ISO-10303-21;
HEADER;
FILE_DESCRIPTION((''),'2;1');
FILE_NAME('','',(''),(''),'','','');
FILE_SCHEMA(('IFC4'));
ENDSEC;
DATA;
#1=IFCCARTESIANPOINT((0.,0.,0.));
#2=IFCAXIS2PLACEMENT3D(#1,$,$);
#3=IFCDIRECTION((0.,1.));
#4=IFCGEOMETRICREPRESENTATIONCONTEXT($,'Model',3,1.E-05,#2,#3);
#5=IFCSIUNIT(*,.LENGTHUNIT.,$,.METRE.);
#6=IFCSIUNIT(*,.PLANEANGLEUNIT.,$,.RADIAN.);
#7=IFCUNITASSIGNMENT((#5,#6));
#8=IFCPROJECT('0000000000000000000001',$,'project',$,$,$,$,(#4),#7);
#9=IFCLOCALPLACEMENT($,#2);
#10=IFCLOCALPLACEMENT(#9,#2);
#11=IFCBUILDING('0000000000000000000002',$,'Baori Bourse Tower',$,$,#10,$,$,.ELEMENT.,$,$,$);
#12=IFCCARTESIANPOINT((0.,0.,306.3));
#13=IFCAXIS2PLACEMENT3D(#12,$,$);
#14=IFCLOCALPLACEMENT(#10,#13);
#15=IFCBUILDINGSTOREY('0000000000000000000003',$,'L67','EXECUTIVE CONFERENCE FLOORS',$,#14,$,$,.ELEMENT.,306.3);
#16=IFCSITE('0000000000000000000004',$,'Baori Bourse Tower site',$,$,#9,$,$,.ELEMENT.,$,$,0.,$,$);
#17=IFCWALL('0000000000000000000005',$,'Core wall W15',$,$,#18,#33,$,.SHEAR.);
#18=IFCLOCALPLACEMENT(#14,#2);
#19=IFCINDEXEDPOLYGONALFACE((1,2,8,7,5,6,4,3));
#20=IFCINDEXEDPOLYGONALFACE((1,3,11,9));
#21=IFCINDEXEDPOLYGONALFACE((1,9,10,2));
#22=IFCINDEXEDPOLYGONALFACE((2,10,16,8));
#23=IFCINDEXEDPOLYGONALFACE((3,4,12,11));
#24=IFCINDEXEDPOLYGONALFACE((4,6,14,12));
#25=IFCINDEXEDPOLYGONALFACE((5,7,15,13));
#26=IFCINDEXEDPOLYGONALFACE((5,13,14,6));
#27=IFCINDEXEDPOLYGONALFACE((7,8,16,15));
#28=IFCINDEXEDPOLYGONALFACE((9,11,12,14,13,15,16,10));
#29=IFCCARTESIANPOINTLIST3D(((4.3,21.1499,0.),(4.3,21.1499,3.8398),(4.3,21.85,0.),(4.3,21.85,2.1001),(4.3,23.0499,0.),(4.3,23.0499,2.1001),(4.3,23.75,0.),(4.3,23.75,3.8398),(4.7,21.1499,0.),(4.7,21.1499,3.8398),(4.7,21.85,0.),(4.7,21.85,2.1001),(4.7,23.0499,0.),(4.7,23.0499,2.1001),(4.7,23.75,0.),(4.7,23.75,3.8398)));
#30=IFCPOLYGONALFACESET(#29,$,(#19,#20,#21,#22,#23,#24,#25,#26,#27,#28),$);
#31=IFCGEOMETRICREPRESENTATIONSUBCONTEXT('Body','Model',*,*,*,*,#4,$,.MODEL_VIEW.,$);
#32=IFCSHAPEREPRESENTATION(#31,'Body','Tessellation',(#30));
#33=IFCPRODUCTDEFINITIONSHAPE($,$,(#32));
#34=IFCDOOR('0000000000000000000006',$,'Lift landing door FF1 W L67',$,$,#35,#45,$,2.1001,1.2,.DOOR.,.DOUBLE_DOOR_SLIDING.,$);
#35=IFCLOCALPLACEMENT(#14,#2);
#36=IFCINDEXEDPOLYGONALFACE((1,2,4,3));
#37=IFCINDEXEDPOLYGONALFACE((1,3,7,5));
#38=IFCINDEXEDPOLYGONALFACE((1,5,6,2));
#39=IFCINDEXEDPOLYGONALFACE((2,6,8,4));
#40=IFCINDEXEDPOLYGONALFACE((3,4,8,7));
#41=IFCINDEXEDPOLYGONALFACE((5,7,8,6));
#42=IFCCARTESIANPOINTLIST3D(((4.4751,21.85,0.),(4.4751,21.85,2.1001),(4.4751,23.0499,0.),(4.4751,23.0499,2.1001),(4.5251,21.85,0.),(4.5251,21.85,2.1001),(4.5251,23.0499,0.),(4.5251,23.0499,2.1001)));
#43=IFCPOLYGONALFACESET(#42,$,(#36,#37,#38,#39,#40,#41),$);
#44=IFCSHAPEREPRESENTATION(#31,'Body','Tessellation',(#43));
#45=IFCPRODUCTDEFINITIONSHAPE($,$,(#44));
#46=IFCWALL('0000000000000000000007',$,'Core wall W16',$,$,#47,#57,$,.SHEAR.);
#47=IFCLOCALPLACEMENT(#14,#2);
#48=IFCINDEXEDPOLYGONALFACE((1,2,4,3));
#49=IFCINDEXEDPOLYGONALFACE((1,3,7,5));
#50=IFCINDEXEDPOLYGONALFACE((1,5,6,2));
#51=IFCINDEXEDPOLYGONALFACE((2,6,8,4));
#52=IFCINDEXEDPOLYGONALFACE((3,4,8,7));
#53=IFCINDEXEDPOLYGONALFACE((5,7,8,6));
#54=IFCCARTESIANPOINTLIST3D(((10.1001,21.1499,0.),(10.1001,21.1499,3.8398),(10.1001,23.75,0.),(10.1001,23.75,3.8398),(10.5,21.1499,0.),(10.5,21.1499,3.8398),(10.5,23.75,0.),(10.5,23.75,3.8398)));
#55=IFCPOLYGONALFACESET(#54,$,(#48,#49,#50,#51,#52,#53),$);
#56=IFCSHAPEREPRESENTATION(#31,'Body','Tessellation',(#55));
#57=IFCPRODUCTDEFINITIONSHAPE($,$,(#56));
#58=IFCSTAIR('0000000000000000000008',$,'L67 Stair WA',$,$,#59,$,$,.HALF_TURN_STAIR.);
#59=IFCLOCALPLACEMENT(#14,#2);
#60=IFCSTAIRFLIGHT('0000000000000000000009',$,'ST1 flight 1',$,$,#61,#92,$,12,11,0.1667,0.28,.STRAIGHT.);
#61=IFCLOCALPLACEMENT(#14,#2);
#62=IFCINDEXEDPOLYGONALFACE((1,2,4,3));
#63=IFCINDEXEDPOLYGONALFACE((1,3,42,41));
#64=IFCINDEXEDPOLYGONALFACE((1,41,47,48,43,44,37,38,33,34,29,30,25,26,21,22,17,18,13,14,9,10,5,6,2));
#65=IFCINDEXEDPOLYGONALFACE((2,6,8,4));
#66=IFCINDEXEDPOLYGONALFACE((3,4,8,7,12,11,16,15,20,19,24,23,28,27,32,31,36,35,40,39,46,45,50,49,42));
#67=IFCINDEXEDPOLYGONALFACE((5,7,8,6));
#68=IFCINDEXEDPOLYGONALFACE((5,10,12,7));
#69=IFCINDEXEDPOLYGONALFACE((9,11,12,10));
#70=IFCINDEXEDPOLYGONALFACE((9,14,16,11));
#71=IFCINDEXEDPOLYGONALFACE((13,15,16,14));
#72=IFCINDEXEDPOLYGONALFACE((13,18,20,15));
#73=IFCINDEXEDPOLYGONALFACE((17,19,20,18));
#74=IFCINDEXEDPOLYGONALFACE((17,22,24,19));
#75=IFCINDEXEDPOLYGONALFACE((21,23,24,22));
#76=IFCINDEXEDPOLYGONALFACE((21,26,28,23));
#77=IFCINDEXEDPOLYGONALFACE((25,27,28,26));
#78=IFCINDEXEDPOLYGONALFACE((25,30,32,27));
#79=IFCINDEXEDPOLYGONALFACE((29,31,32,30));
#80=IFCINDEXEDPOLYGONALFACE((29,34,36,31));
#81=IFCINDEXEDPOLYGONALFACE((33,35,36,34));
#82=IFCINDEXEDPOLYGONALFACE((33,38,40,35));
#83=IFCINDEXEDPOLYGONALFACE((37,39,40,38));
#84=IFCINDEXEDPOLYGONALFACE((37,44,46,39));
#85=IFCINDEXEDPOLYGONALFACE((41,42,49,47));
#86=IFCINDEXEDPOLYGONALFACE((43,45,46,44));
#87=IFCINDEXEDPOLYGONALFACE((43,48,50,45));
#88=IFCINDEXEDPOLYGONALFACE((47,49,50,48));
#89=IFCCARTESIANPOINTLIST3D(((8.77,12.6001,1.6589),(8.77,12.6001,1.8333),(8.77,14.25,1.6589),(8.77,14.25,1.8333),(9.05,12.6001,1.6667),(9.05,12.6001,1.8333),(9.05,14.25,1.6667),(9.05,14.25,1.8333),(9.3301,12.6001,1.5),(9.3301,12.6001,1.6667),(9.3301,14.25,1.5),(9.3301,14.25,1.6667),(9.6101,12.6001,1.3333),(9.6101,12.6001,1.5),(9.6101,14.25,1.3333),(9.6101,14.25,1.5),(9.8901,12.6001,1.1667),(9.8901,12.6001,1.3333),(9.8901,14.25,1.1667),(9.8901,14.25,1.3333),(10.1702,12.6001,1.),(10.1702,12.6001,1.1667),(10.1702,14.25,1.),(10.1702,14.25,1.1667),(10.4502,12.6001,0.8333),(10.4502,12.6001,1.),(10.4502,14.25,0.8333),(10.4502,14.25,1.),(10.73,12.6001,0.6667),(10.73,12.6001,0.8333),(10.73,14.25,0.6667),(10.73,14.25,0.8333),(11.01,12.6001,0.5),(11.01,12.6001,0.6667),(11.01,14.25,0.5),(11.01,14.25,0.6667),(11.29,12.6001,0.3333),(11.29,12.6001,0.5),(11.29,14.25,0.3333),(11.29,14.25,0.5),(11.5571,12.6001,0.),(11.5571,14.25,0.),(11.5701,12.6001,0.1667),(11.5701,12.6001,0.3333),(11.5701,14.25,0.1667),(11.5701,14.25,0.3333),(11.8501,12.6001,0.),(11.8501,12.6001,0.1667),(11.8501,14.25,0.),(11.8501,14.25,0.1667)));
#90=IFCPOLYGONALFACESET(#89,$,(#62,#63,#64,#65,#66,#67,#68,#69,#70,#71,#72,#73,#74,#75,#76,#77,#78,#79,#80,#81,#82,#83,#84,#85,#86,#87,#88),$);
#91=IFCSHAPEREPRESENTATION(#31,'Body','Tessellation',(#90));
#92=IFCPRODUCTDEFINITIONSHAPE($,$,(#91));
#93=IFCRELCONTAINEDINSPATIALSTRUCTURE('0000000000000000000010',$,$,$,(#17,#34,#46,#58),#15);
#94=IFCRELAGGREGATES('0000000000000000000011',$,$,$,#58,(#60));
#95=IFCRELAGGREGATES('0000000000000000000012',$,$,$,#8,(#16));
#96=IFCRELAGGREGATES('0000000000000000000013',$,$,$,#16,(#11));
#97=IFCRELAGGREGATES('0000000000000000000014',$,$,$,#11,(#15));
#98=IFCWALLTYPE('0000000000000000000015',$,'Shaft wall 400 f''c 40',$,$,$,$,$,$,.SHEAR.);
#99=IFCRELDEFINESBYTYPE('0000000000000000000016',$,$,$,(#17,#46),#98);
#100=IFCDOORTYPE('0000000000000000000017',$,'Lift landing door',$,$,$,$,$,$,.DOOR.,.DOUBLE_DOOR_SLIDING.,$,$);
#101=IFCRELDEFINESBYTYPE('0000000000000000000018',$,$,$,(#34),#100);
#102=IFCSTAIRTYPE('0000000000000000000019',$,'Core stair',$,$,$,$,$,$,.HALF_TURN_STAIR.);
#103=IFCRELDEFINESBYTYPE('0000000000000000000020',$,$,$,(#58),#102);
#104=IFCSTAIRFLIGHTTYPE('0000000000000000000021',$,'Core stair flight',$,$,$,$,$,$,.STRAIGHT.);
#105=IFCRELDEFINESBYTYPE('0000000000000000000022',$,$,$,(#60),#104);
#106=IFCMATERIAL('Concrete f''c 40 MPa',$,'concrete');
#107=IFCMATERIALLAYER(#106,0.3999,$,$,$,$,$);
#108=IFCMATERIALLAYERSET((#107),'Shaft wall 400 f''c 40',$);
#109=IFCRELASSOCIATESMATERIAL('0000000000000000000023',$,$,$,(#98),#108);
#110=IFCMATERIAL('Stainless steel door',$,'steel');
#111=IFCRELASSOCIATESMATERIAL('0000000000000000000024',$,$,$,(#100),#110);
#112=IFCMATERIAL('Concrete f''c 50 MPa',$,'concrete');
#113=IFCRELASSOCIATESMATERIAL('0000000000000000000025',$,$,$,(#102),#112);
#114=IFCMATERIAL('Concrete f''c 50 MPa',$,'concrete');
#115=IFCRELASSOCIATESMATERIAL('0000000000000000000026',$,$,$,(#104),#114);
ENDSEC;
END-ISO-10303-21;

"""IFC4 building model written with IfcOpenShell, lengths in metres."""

from ifc_helpers import new_model, si_unit, direction, frame, frame_2d, origin, place, context, subcontext, project, spatial, polyline, rectangle, outline, extrude, material, layer, layer_set, type_object, element, fill, aggregate, save


model = new_model("IFC4")

# Units and contexts
model_context = context("Model", 3, precision=1e-05, world=origin(), true_north=direction((0.0, 1.0)))
body_context = subcontext(model_context, "Body", "Model", "MODEL_VIEW")
ifc_project = project(units=[si_unit("LENGTHUNIT", "METRE"), si_unit("PLANEANGLEUNIT", "RADIAN")], contexts=[model_context])

# Site, building, storey
site_placement = place(None, origin())
site = spatial("IfcSite", under=ifc_project, at=site_placement, Name="Baori Bourse Tower site", CompositionType="ELEMENT", RefElevation=0.0)
building_placement = place(site_placement, origin())
building = spatial("IfcBuilding", under=site, at=building_placement, Name="Baori Bourse Tower", CompositionType="ELEMENT")
storey_placement = place(building_placement, frame((0.0, 0.0, 306.3)))
storey = spatial("IfcBuildingStorey", under=building, at=storey_placement, Name="L67", Description="EXECUTIVE CONFERENCE FLOORS", CompositionType="ELEMENT", Elevation=306.3)

# Shared definitions
ifc_material_1 = material(Name="Concrete f'c 40 MPa", Category="concrete")
ifc_layer_1 = layer(ifc_material_1, 0.3999)
ifc_layer_set_1 = layer_set([ifc_layer_1], Name="Shaft wall 400 f'c 40")
wall_type_1 = type_object("IfcWallType", Name="Shaft wall 400 f'c 40", PredefinedType="SHEAR", material=ifc_layer_set_1)

# Wall, opening, door
wall_1_placement = place(storey_placement, frame((4.5, 21.1499, 0.0), z_axis=(0.0, 0.0, 1.0), x_axis=(0.0, 1.0, 0.0)))
wall_1 = element("IfcWall", 1, at=wall_1_placement, inside=storey, type_object=wall_type_1, Name="Core wall W15", PredefinedType="SHEAR", context=body_context, shape_type="SweptSolid", body=[
    extrude(rectangle(XDim=2.6001, YDim=0.3999, at=frame_2d((1.3, 0.0))), origin(), (0.0, 0.0, 1.0), 3.8398),
])
opening_1_placement = place(wall_1_placement, frame((0.7, 0.0, 0.0)))
opening_1 = element("IfcOpeningElement", 2, at=opening_1_placement, cuts=wall_1, PredefinedType="OPENING", context=body_context, shape_type="SweptSolid", body=[
    extrude(rectangle(XDim=1.2, YDim=2.1001, at=frame_2d((0.6001, 1.05))), frame((0.0, 0.21, 0.0), z_axis=(0.0, -1.0, 0.0), x_axis=(1.0, 0.0, 0.0)), (0.0, 0.0, 1.0), 0.4199),
])
ifc_material_2 = material(Name="Stainless steel door", Category="steel")
door_type_1 = type_object("IfcDoorType", Name="Lift landing door", OperationType="DOUBLE_DOOR_SLIDING", PredefinedType="DOOR", material=ifc_material_2)
door_1_placement = place(opening_1_placement, origin())
door_1 = element("IfcDoor", 3, at=door_1_placement, inside=storey, type_object=door_type_1, Name="Lift landing door FF1 W L67", OperationType="DOUBLE_DOOR_SLIDING", OverallHeight=2.1001, OverallWidth=1.2, PredefinedType="DOOR", context=body_context, shape_type="SweptSolid", body=[
    extrude(rectangle(XDim=1.2, YDim=2.1001, at=frame_2d((0.6001, 1.05))), frame((0.0, 0.0249, 0.0), z_axis=(0.0, -1.0, 0.0), x_axis=(1.0, 0.0, 0.0)), (0.0, 0.0, 1.0), 0.05),
])
fill(opening_1, door_1)

# Wall
wall_2_placement = place(storey_placement, frame((10.3, 21.1499, 0.0), z_axis=(0.0, 0.0, 1.0), x_axis=(0.0, 1.0, 0.0)))
element("IfcWall", 4, at=wall_2_placement, inside=storey, type_object=wall_type_1, Name="Core wall W16", PredefinedType="SHEAR", context=body_context, shape_type="SweptSolid", body=[
    extrude(rectangle(XDim=2.6001, YDim=0.3999, at=frame_2d((1.3, 0.0))), origin(), (0.0, 0.0, 1.0), 3.8398),
])

# Stair, stair flight
ifc_material_3 = material(Name="Concrete f'c 50 MPa", Category="concrete")
stair_type = type_object("IfcStairType", Name="Core stair", PredefinedType="HALF_TURN_STAIR", material=ifc_material_3)
stair_placement = place(storey_placement, origin())
stair = element("IfcStair", 5, at=stair_placement, inside=storey, type_object=stair_type, Name="L67 Stair WA", PredefinedType="HALF_TURN_STAIR")
ifc_material_4 = material(Name="Concrete f'c 50 MPa", Category="concrete")
stair_flight_type = type_object("IfcStairFlightType", Name="Core stair flight", PredefinedType="STRAIGHT", material=ifc_material_4)
stair_flight_placement = place(storey_placement, frame((11.8501, 13.425, 0.0), z_axis=(0.0, 0.0, 1.0), x_axis=(-1.0, 0.0, 0.0)))
stair_flight = element("IfcStairFlight", 6, at=stair_flight_placement, type_object=stair_flight_type, Name="ST1 flight 1", NumberOfRisers=12, NumberOfTreads=11, PredefinedType="STRAIGHT", RiserHeight=0.1667, TreadLength=0.28, context=body_context, shape_type="SweptSolid", body=[
    extrude(outline(polyline([(0.0, 0.0), (0.0, 0.1667), (0.28, 0.1667), (0.28, 0.3333), (0.5601, 0.3333), (0.5601, 0.5), (0.8401, 0.5), (0.8401, 0.6667), (1.1201, 0.6667), (1.1201, 0.8333), (1.3999, 0.8333), (1.3999, 1.0), (1.6799, 1.0), (1.6799, 1.1667), (1.96, 1.1667), (1.96, 1.3333), (2.24, 1.3333), (2.24, 1.5), (2.52, 1.5), (2.52, 1.6667), (2.8, 1.6667), (2.8, 1.8333), (3.0801, 1.8333), (3.0801, 2.0), (3.0801, 1.6589), (0.293, 0.0), (0.0, 0.0)])), frame((0.0, 0.825, 0.0), z_axis=(0.0, -1.0, 0.0), x_axis=(1.0, 0.0, 0.0)), (0.0, 0.0, 1.0), 1.6499),
])
aggregate(stair, [stair_flight])

save(model, "model.ifc")
